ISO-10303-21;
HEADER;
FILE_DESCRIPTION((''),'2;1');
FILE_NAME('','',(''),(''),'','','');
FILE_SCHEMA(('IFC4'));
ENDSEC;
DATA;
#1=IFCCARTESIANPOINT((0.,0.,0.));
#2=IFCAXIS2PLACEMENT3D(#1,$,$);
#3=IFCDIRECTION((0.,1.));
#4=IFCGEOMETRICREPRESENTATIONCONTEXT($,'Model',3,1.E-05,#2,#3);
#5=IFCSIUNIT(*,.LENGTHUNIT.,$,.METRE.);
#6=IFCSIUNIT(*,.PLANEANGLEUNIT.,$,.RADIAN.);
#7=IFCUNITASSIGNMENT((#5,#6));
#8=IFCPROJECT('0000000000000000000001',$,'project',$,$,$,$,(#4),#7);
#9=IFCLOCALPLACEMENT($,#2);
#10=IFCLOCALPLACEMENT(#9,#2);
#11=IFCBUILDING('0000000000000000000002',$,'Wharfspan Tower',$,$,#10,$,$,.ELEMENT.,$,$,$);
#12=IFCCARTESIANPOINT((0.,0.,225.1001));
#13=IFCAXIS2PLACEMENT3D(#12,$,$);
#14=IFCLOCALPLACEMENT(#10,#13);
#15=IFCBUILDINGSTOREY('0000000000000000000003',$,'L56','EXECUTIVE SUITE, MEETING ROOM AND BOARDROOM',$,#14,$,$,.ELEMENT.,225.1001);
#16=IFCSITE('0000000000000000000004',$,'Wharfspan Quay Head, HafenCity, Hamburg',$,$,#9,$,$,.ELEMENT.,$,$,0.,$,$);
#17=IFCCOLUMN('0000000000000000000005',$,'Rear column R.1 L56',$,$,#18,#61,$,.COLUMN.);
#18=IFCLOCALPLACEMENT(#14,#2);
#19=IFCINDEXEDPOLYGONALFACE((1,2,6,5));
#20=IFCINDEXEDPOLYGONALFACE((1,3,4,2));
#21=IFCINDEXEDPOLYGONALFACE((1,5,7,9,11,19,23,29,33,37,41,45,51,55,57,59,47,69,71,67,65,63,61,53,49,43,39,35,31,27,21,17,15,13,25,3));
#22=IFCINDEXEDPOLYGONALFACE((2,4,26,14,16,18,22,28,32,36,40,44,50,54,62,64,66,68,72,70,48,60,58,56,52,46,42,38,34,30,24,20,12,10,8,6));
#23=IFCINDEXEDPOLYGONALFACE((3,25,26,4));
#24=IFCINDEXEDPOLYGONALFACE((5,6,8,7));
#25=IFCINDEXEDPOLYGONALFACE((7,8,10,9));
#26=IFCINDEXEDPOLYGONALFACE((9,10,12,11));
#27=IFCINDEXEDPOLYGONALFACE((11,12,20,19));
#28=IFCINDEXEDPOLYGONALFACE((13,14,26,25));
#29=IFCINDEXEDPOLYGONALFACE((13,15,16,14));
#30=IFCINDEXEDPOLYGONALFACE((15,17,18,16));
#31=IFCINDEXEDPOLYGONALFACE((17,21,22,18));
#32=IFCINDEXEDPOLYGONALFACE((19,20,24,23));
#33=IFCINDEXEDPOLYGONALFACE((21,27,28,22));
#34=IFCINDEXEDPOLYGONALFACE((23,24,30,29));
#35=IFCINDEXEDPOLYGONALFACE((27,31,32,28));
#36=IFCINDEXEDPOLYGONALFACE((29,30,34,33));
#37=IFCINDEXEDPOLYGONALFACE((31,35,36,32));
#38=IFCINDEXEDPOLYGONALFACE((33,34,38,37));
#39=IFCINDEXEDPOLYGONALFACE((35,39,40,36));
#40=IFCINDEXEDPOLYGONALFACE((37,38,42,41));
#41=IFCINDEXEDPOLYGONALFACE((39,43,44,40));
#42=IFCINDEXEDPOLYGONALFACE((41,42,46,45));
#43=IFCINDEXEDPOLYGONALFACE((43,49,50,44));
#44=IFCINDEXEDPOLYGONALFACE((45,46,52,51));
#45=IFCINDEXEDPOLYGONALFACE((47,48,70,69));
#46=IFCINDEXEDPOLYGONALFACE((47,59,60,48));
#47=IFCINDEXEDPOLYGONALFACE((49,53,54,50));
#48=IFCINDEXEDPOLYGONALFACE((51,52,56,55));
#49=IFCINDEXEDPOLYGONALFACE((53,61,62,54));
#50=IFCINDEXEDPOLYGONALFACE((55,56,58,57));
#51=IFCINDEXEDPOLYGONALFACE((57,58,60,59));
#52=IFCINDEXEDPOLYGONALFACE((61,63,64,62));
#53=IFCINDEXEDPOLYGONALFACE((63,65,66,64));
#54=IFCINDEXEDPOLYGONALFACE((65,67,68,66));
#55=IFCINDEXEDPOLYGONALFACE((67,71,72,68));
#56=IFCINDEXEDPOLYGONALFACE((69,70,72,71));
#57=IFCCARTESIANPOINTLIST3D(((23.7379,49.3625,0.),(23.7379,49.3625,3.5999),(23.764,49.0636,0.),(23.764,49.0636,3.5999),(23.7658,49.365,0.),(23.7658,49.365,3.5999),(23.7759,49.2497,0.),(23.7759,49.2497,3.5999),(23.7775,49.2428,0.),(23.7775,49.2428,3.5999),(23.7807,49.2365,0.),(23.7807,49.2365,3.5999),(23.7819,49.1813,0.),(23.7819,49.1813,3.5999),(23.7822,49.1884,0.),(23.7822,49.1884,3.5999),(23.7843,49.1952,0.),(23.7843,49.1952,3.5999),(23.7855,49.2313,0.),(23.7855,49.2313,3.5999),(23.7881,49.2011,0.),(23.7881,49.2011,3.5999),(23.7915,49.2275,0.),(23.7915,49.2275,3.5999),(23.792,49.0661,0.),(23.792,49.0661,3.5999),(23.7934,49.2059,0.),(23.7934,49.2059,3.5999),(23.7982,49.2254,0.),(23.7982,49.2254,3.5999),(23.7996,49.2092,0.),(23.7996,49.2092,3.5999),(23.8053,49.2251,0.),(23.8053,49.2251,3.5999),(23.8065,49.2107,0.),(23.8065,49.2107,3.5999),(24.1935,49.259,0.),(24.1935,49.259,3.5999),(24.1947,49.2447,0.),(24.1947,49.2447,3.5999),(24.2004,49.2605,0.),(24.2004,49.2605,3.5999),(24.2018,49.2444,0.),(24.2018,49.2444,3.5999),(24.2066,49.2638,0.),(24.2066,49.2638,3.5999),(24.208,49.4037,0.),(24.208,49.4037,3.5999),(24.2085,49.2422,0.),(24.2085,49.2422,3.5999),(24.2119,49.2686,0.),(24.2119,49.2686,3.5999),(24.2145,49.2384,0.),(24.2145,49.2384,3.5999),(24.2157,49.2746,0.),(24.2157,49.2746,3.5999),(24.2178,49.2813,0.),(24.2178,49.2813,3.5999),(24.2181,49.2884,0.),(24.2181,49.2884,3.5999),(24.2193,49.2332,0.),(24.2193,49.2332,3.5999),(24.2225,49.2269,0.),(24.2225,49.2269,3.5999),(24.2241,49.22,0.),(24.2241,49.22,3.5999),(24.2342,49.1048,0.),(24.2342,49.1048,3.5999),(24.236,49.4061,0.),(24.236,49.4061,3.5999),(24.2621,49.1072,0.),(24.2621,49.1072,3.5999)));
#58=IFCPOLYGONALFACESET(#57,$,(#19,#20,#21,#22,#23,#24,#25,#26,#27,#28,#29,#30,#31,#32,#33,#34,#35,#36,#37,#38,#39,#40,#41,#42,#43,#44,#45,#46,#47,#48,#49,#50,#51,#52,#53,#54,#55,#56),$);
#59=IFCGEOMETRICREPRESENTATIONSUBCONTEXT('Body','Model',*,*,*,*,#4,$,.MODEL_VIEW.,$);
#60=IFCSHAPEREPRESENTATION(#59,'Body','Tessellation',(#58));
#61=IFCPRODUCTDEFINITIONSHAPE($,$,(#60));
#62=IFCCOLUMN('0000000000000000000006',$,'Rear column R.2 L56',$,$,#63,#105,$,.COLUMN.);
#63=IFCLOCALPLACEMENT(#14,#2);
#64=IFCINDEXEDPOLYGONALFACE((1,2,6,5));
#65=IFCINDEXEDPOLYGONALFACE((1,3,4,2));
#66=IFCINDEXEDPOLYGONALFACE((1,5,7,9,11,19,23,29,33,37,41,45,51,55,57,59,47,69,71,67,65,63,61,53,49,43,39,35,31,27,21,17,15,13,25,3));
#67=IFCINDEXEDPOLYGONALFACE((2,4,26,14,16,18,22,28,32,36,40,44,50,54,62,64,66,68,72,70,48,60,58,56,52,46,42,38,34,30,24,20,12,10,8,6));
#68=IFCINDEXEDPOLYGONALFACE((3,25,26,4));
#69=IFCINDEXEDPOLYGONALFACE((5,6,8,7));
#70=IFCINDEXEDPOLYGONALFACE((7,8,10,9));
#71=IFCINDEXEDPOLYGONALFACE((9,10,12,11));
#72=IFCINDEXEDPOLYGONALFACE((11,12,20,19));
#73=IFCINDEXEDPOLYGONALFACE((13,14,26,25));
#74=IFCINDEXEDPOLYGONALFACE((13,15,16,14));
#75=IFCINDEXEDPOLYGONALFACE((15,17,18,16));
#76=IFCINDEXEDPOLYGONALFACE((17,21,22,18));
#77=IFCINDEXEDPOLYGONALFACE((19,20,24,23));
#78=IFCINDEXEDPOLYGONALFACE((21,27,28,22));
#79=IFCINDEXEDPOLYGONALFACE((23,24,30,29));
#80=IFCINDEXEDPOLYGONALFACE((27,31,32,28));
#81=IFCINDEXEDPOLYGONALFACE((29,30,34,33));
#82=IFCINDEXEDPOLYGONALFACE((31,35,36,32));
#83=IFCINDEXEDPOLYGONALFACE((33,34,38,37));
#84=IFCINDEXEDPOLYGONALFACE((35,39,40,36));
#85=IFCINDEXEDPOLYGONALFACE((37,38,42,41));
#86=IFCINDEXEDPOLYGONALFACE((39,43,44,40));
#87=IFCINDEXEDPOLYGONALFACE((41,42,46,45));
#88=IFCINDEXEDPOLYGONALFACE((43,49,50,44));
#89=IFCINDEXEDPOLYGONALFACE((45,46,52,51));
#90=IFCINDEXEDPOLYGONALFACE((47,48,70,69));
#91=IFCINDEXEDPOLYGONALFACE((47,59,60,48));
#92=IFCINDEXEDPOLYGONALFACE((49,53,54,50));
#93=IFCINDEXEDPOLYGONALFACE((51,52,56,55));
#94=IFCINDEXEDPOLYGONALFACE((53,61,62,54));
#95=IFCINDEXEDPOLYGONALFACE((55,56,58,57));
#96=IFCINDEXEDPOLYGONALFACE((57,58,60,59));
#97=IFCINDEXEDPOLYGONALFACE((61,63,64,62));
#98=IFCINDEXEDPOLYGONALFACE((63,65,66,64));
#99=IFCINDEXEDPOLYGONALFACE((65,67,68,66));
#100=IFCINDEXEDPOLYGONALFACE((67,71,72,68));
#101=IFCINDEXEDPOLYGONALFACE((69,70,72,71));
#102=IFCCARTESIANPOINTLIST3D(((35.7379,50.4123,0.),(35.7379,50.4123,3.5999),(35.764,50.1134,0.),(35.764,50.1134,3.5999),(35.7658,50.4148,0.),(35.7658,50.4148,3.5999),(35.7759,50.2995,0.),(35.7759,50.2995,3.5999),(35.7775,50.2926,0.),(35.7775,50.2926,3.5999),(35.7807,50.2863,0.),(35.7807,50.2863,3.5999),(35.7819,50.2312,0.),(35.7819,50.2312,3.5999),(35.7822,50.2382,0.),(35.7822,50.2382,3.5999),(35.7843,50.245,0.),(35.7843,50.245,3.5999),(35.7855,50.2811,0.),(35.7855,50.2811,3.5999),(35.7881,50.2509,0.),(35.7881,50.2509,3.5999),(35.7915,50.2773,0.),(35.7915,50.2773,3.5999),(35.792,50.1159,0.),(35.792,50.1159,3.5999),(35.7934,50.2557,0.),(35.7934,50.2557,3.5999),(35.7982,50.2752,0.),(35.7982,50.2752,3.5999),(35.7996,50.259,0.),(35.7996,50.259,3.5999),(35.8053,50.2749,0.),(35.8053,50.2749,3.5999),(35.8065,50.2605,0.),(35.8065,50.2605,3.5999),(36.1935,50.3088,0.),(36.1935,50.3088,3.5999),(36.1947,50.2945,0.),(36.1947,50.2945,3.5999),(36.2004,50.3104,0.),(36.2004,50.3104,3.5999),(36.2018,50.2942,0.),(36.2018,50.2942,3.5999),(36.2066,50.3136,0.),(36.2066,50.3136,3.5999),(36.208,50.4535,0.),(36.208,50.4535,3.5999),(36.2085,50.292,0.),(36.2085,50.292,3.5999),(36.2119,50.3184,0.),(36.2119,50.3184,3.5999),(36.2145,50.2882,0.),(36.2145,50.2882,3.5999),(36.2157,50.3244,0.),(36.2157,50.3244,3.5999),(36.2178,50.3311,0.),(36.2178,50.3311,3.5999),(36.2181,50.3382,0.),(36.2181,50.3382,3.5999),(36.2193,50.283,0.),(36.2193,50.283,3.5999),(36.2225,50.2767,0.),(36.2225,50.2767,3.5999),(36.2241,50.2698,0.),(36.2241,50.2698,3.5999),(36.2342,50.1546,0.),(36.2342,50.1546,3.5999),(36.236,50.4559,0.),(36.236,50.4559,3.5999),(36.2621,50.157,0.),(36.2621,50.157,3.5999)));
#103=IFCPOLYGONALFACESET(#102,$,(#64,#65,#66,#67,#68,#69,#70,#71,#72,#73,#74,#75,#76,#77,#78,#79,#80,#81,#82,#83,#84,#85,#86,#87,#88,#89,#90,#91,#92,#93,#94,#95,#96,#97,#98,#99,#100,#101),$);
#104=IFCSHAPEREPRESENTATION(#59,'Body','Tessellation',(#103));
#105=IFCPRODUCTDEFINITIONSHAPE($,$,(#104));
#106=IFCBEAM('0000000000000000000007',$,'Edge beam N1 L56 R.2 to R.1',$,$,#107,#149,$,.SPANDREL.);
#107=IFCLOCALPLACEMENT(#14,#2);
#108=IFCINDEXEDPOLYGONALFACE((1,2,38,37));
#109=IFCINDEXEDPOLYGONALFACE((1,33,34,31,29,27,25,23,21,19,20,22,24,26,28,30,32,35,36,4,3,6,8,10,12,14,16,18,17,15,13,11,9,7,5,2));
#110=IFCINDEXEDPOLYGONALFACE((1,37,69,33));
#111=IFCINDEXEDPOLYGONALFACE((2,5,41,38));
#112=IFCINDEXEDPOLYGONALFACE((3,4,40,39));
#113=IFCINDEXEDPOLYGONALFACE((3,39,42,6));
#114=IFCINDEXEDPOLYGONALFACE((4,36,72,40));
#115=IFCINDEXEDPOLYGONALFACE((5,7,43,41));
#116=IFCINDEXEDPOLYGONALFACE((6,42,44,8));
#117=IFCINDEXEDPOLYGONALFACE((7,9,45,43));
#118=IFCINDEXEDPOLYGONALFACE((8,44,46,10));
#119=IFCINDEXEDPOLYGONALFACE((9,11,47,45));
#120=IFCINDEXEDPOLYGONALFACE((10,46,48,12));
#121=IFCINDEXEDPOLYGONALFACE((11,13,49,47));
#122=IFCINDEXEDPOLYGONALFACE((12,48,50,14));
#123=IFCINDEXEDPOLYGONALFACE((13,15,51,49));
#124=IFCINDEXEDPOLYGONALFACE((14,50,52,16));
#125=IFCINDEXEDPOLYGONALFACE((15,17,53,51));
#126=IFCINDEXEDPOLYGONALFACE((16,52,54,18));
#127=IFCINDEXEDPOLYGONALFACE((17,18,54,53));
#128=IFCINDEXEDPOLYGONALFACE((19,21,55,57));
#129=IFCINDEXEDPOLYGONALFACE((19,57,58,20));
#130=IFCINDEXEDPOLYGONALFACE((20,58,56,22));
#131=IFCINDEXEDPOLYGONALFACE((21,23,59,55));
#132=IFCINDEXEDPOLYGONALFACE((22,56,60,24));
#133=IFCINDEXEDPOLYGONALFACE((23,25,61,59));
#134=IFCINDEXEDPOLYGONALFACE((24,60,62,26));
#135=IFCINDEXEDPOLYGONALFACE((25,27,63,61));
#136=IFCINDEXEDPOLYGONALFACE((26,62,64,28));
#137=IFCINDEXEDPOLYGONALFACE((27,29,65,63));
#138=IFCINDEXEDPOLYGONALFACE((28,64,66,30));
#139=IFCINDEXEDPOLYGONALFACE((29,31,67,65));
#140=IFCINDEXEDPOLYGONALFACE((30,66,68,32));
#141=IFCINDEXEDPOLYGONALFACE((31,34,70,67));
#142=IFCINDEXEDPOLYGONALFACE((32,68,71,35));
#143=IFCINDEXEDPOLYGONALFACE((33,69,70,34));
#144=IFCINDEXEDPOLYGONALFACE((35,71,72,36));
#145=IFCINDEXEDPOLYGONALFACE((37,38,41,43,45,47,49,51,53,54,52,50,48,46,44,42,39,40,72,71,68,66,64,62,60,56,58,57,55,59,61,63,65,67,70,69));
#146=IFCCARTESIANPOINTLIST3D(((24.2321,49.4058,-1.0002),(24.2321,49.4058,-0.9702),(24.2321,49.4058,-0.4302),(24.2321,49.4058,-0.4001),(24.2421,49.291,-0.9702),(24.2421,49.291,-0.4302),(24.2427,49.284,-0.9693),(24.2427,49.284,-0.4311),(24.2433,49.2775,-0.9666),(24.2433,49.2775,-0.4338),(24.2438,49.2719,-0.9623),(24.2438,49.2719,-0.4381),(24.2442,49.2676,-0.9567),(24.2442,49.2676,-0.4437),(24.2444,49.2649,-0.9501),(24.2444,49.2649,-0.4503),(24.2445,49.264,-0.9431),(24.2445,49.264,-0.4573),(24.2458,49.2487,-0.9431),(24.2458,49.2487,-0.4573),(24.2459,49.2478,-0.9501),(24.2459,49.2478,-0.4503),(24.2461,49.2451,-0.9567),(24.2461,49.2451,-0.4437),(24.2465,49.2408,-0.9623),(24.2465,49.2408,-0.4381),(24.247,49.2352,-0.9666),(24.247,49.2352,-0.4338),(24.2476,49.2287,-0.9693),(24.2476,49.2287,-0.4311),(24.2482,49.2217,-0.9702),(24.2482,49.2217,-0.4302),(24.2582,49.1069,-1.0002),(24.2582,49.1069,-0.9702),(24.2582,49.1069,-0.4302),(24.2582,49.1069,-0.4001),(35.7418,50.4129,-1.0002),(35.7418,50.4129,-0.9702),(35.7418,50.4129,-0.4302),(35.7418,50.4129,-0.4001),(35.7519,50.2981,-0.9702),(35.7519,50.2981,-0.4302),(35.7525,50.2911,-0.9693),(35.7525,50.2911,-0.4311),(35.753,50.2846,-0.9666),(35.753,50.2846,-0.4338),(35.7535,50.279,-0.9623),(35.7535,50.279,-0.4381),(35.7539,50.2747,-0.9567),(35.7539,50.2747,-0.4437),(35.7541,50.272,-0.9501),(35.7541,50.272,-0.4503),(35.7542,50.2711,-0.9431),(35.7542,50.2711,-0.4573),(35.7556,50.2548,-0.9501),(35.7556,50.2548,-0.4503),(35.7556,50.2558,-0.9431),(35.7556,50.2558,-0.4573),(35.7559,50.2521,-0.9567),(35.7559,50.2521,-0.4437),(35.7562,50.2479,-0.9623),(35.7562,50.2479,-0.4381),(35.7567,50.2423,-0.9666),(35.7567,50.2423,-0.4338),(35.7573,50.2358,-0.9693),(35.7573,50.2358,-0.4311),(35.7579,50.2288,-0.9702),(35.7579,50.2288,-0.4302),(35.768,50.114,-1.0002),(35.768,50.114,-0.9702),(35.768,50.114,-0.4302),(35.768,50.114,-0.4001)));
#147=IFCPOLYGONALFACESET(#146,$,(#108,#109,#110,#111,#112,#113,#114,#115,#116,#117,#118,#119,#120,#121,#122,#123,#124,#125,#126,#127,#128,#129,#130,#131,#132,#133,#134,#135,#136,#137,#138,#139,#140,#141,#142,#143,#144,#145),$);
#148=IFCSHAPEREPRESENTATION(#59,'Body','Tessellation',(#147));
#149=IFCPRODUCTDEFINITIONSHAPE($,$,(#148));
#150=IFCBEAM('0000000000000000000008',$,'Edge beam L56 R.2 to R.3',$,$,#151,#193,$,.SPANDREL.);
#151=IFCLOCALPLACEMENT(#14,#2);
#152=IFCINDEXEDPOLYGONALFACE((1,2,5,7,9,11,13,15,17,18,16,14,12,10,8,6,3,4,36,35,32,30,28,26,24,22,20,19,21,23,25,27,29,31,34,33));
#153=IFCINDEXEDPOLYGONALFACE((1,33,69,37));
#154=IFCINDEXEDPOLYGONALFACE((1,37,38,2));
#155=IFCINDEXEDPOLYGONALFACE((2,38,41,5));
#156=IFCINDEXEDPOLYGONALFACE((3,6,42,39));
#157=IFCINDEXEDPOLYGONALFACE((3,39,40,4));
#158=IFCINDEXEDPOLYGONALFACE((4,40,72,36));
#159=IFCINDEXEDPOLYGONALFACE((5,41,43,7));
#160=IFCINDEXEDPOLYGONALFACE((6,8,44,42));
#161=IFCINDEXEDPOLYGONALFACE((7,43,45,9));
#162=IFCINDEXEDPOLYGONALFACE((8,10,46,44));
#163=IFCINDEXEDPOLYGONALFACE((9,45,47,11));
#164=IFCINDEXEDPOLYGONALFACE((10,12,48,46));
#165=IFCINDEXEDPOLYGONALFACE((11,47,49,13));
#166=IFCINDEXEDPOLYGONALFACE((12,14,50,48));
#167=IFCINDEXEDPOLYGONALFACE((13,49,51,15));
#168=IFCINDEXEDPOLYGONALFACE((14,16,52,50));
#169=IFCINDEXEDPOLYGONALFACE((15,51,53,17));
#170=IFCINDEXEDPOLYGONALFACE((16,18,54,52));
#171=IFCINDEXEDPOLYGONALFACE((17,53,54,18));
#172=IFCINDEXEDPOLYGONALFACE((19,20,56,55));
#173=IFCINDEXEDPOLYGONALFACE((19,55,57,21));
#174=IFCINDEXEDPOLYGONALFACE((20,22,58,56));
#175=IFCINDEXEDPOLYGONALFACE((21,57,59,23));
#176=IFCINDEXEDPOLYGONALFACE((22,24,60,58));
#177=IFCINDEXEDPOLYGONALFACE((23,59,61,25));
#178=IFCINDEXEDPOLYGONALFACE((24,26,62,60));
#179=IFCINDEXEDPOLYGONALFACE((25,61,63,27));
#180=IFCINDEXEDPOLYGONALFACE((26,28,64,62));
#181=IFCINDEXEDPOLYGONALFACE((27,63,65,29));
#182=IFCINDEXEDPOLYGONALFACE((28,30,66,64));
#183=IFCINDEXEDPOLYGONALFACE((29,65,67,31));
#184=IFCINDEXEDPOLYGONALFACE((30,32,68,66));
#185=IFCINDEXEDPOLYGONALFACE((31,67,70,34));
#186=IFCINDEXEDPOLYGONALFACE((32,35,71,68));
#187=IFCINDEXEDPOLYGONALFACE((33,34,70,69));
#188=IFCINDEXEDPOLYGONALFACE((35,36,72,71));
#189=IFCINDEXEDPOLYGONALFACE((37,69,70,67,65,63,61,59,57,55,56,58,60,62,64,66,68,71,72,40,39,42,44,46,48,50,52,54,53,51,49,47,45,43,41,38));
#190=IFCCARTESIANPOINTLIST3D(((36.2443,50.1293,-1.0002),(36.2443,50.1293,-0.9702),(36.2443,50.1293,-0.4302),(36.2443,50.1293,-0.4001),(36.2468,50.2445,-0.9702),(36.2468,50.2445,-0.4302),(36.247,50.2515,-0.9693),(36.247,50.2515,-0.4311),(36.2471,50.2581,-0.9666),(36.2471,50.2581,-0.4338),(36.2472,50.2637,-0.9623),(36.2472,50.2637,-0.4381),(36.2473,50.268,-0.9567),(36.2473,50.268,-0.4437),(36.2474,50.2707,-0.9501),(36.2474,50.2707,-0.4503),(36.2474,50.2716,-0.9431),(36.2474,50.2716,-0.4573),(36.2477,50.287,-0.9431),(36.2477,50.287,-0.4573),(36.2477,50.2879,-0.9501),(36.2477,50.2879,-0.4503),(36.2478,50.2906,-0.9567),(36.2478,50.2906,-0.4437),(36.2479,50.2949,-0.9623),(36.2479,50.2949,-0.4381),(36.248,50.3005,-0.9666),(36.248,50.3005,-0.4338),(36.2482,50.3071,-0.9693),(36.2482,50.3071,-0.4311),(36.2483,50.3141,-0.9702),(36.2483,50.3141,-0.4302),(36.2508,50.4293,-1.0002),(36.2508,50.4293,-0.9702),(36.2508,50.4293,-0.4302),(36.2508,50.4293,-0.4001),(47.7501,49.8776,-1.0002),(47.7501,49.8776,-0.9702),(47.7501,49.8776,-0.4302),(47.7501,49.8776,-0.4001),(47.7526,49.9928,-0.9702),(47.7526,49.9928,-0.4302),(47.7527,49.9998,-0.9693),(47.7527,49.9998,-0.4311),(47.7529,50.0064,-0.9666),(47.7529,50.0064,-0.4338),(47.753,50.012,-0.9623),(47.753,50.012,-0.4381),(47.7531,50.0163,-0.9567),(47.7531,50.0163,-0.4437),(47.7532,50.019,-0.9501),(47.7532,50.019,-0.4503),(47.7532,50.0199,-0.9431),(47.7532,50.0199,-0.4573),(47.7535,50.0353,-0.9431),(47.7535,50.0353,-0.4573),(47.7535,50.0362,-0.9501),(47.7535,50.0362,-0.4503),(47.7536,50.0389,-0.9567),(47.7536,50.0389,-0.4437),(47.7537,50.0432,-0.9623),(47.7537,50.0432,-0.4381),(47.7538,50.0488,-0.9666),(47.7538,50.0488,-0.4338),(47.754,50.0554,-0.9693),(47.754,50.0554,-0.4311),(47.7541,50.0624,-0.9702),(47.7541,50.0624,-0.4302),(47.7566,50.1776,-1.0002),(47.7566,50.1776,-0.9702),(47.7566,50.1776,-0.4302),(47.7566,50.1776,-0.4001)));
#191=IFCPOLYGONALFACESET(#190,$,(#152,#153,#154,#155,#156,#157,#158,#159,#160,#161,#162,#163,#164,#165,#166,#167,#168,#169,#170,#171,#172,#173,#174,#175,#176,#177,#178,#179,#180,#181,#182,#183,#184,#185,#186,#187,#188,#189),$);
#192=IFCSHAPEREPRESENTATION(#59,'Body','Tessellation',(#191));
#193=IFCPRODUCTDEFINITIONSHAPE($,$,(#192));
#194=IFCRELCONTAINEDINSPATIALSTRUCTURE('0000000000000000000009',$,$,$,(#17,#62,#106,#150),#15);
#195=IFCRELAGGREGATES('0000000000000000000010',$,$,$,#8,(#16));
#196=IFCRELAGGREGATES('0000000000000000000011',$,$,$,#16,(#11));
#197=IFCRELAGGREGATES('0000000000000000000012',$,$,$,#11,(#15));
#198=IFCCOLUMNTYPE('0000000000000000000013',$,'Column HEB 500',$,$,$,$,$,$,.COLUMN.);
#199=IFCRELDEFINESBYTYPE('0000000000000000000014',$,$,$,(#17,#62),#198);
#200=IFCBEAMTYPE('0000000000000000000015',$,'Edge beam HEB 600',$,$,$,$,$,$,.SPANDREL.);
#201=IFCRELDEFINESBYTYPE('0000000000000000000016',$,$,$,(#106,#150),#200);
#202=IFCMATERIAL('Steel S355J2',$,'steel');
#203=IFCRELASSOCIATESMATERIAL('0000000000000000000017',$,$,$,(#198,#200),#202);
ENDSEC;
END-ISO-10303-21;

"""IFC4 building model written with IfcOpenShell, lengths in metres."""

from ifc_helpers import new_model, si_unit, direction, frame, origin, origin_2d, place, context, subcontext, project, spatial, i_section, extrude, material, material_profile, profile_set, type_object, element, save


model = new_model("IFC4")

# Units and contexts
model_context = context("Model", 3, precision=1e-05, world=origin(), true_north=direction((0.0, 1.0)))
body_context = subcontext(model_context, "Body", "Model", "MODEL_VIEW")
ifc_project = project(units=[si_unit("LENGTHUNIT", "METRE"), si_unit("PLANEANGLEUNIT", "RADIAN")], contexts=[model_context])

# Site, building, storey
site_placement = place(None, origin())
site = spatial("IfcSite", under=ifc_project, at=site_placement, Name="Wharfspan Quay Head, HafenCity, Hamburg", CompositionType="ELEMENT", RefElevation=0.0)
building_placement = place(site_placement, origin())
building = spatial("IfcBuilding", under=site, at=building_placement, Name="Wharfspan Tower", CompositionType="ELEMENT")
storey_placement = place(building_placement, frame((0.0, 0.0, 225.1001)))
storey = spatial("IfcBuildingStorey", under=building, at=storey_placement, Name="L56", Description="EXECUTIVE SUITE, MEETING ROOM AND BOARDROOM", CompositionType="ELEMENT", Elevation=225.1001)

# Columns
ifc_material_1 = material(Name="Steel S355J2", Category="steel")
ifc_material_profile_1 = material_profile(ifc_material_1, i_section(OverallWidth=0.3, OverallDepth=0.5, WebThickness=0.0144, FlangeThickness=0.0281, FilletRadius=0.0271, at=origin_2d()))
ifc_profile_set_1 = profile_set([ifc_material_profile_1], Name="Steel S355J2")
column_type = type_object("IfcColumnType", Name="Column HEB 500", PredefinedType="COLUMN", material=ifc_profile_set_1)
for number, where, z_axis, x_axis, name in (
    (1, (24.0, 49.2349, 0.0), (0.0, 0.0, 1.0), (-0.087156, 0.996197, 0.0), "Rear column R.1 L56"),
    (2, (36.0, 50.2847, 0.0), (0.0, 0.0, 1.0), (-0.087156, 0.996197, 0.0), "Rear column R.2 L56"),
):
    element("IfcColumn", number, at=place(storey_placement, frame(where, z_axis=z_axis, x_axis=x_axis)), inside=storey, type_object=column_type, Name=name, PredefinedType="COLUMN", context=body_context, shape_type="SweptSolid", body=[
        extrude(i_section(OverallWidth=0.3, OverallDepth=0.5, WebThickness=0.0144, FlangeThickness=0.0281, FilletRadius=0.0271, at=origin_2d()), origin(), (0.0, 0.0, 1.0), 3.5999),
    ])

# Beams
ifc_material_profile_2 = material_profile(ifc_material_1, i_section(OverallWidth=0.3, OverallDepth=0.6001, WebThickness=0.0154, FlangeThickness=0.03, FilletRadius=0.0271, at=origin_2d()))
ifc_profile_set_2 = profile_set([ifc_material_profile_2], Name="Steel S355J2")
beam_type = type_object("IfcBeamType", Name="Edge beam HEB 600", PredefinedType="SPANDREL", material=ifc_profile_set_2)
beam_1_placement = place(storey_placement, frame((35.7549, 50.2634, -0.7002), z_axis=(-0.996194, -0.087165, 0.0), x_axis=(0.087165, -0.996194, 0.0)))
element("IfcBeam", 3, at=beam_1_placement, inside=storey, type_object=beam_type, Name="Edge beam N1 L56 R.2 to R.1", PredefinedType="SPANDREL", context=body_context, shape_type="SweptSolid", body=[
    extrude(i_section(OverallWidth=0.3, OverallDepth=0.6001, WebThickness=0.0154, FlangeThickness=0.03, FilletRadius=0.0271, at=origin_2d()), origin(), (0.0, 0.0, 1.0), 11.5537),
])
beam_2_placement = place(storey_placement, frame((36.2476, 50.2793, -0.7002), z_axis=(0.999761, -0.021871, 0.0), x_axis=(0.021871, 0.999761, 0.0)))
element("IfcBeam", 4, at=beam_2_placement, inside=storey, type_object=beam_type, Name="Edge beam L56 R.2 to R.3", PredefinedType="SPANDREL", context=body_context, shape_type="SweptSolid", body=[
    extrude(i_section(OverallWidth=0.3, OverallDepth=0.6001, WebThickness=0.0154, FlangeThickness=0.03, FilletRadius=0.0271, at=origin_2d()), origin(), (0.0, 0.0, 1.0), 11.5085),
])

save(model, "model.ifc")
